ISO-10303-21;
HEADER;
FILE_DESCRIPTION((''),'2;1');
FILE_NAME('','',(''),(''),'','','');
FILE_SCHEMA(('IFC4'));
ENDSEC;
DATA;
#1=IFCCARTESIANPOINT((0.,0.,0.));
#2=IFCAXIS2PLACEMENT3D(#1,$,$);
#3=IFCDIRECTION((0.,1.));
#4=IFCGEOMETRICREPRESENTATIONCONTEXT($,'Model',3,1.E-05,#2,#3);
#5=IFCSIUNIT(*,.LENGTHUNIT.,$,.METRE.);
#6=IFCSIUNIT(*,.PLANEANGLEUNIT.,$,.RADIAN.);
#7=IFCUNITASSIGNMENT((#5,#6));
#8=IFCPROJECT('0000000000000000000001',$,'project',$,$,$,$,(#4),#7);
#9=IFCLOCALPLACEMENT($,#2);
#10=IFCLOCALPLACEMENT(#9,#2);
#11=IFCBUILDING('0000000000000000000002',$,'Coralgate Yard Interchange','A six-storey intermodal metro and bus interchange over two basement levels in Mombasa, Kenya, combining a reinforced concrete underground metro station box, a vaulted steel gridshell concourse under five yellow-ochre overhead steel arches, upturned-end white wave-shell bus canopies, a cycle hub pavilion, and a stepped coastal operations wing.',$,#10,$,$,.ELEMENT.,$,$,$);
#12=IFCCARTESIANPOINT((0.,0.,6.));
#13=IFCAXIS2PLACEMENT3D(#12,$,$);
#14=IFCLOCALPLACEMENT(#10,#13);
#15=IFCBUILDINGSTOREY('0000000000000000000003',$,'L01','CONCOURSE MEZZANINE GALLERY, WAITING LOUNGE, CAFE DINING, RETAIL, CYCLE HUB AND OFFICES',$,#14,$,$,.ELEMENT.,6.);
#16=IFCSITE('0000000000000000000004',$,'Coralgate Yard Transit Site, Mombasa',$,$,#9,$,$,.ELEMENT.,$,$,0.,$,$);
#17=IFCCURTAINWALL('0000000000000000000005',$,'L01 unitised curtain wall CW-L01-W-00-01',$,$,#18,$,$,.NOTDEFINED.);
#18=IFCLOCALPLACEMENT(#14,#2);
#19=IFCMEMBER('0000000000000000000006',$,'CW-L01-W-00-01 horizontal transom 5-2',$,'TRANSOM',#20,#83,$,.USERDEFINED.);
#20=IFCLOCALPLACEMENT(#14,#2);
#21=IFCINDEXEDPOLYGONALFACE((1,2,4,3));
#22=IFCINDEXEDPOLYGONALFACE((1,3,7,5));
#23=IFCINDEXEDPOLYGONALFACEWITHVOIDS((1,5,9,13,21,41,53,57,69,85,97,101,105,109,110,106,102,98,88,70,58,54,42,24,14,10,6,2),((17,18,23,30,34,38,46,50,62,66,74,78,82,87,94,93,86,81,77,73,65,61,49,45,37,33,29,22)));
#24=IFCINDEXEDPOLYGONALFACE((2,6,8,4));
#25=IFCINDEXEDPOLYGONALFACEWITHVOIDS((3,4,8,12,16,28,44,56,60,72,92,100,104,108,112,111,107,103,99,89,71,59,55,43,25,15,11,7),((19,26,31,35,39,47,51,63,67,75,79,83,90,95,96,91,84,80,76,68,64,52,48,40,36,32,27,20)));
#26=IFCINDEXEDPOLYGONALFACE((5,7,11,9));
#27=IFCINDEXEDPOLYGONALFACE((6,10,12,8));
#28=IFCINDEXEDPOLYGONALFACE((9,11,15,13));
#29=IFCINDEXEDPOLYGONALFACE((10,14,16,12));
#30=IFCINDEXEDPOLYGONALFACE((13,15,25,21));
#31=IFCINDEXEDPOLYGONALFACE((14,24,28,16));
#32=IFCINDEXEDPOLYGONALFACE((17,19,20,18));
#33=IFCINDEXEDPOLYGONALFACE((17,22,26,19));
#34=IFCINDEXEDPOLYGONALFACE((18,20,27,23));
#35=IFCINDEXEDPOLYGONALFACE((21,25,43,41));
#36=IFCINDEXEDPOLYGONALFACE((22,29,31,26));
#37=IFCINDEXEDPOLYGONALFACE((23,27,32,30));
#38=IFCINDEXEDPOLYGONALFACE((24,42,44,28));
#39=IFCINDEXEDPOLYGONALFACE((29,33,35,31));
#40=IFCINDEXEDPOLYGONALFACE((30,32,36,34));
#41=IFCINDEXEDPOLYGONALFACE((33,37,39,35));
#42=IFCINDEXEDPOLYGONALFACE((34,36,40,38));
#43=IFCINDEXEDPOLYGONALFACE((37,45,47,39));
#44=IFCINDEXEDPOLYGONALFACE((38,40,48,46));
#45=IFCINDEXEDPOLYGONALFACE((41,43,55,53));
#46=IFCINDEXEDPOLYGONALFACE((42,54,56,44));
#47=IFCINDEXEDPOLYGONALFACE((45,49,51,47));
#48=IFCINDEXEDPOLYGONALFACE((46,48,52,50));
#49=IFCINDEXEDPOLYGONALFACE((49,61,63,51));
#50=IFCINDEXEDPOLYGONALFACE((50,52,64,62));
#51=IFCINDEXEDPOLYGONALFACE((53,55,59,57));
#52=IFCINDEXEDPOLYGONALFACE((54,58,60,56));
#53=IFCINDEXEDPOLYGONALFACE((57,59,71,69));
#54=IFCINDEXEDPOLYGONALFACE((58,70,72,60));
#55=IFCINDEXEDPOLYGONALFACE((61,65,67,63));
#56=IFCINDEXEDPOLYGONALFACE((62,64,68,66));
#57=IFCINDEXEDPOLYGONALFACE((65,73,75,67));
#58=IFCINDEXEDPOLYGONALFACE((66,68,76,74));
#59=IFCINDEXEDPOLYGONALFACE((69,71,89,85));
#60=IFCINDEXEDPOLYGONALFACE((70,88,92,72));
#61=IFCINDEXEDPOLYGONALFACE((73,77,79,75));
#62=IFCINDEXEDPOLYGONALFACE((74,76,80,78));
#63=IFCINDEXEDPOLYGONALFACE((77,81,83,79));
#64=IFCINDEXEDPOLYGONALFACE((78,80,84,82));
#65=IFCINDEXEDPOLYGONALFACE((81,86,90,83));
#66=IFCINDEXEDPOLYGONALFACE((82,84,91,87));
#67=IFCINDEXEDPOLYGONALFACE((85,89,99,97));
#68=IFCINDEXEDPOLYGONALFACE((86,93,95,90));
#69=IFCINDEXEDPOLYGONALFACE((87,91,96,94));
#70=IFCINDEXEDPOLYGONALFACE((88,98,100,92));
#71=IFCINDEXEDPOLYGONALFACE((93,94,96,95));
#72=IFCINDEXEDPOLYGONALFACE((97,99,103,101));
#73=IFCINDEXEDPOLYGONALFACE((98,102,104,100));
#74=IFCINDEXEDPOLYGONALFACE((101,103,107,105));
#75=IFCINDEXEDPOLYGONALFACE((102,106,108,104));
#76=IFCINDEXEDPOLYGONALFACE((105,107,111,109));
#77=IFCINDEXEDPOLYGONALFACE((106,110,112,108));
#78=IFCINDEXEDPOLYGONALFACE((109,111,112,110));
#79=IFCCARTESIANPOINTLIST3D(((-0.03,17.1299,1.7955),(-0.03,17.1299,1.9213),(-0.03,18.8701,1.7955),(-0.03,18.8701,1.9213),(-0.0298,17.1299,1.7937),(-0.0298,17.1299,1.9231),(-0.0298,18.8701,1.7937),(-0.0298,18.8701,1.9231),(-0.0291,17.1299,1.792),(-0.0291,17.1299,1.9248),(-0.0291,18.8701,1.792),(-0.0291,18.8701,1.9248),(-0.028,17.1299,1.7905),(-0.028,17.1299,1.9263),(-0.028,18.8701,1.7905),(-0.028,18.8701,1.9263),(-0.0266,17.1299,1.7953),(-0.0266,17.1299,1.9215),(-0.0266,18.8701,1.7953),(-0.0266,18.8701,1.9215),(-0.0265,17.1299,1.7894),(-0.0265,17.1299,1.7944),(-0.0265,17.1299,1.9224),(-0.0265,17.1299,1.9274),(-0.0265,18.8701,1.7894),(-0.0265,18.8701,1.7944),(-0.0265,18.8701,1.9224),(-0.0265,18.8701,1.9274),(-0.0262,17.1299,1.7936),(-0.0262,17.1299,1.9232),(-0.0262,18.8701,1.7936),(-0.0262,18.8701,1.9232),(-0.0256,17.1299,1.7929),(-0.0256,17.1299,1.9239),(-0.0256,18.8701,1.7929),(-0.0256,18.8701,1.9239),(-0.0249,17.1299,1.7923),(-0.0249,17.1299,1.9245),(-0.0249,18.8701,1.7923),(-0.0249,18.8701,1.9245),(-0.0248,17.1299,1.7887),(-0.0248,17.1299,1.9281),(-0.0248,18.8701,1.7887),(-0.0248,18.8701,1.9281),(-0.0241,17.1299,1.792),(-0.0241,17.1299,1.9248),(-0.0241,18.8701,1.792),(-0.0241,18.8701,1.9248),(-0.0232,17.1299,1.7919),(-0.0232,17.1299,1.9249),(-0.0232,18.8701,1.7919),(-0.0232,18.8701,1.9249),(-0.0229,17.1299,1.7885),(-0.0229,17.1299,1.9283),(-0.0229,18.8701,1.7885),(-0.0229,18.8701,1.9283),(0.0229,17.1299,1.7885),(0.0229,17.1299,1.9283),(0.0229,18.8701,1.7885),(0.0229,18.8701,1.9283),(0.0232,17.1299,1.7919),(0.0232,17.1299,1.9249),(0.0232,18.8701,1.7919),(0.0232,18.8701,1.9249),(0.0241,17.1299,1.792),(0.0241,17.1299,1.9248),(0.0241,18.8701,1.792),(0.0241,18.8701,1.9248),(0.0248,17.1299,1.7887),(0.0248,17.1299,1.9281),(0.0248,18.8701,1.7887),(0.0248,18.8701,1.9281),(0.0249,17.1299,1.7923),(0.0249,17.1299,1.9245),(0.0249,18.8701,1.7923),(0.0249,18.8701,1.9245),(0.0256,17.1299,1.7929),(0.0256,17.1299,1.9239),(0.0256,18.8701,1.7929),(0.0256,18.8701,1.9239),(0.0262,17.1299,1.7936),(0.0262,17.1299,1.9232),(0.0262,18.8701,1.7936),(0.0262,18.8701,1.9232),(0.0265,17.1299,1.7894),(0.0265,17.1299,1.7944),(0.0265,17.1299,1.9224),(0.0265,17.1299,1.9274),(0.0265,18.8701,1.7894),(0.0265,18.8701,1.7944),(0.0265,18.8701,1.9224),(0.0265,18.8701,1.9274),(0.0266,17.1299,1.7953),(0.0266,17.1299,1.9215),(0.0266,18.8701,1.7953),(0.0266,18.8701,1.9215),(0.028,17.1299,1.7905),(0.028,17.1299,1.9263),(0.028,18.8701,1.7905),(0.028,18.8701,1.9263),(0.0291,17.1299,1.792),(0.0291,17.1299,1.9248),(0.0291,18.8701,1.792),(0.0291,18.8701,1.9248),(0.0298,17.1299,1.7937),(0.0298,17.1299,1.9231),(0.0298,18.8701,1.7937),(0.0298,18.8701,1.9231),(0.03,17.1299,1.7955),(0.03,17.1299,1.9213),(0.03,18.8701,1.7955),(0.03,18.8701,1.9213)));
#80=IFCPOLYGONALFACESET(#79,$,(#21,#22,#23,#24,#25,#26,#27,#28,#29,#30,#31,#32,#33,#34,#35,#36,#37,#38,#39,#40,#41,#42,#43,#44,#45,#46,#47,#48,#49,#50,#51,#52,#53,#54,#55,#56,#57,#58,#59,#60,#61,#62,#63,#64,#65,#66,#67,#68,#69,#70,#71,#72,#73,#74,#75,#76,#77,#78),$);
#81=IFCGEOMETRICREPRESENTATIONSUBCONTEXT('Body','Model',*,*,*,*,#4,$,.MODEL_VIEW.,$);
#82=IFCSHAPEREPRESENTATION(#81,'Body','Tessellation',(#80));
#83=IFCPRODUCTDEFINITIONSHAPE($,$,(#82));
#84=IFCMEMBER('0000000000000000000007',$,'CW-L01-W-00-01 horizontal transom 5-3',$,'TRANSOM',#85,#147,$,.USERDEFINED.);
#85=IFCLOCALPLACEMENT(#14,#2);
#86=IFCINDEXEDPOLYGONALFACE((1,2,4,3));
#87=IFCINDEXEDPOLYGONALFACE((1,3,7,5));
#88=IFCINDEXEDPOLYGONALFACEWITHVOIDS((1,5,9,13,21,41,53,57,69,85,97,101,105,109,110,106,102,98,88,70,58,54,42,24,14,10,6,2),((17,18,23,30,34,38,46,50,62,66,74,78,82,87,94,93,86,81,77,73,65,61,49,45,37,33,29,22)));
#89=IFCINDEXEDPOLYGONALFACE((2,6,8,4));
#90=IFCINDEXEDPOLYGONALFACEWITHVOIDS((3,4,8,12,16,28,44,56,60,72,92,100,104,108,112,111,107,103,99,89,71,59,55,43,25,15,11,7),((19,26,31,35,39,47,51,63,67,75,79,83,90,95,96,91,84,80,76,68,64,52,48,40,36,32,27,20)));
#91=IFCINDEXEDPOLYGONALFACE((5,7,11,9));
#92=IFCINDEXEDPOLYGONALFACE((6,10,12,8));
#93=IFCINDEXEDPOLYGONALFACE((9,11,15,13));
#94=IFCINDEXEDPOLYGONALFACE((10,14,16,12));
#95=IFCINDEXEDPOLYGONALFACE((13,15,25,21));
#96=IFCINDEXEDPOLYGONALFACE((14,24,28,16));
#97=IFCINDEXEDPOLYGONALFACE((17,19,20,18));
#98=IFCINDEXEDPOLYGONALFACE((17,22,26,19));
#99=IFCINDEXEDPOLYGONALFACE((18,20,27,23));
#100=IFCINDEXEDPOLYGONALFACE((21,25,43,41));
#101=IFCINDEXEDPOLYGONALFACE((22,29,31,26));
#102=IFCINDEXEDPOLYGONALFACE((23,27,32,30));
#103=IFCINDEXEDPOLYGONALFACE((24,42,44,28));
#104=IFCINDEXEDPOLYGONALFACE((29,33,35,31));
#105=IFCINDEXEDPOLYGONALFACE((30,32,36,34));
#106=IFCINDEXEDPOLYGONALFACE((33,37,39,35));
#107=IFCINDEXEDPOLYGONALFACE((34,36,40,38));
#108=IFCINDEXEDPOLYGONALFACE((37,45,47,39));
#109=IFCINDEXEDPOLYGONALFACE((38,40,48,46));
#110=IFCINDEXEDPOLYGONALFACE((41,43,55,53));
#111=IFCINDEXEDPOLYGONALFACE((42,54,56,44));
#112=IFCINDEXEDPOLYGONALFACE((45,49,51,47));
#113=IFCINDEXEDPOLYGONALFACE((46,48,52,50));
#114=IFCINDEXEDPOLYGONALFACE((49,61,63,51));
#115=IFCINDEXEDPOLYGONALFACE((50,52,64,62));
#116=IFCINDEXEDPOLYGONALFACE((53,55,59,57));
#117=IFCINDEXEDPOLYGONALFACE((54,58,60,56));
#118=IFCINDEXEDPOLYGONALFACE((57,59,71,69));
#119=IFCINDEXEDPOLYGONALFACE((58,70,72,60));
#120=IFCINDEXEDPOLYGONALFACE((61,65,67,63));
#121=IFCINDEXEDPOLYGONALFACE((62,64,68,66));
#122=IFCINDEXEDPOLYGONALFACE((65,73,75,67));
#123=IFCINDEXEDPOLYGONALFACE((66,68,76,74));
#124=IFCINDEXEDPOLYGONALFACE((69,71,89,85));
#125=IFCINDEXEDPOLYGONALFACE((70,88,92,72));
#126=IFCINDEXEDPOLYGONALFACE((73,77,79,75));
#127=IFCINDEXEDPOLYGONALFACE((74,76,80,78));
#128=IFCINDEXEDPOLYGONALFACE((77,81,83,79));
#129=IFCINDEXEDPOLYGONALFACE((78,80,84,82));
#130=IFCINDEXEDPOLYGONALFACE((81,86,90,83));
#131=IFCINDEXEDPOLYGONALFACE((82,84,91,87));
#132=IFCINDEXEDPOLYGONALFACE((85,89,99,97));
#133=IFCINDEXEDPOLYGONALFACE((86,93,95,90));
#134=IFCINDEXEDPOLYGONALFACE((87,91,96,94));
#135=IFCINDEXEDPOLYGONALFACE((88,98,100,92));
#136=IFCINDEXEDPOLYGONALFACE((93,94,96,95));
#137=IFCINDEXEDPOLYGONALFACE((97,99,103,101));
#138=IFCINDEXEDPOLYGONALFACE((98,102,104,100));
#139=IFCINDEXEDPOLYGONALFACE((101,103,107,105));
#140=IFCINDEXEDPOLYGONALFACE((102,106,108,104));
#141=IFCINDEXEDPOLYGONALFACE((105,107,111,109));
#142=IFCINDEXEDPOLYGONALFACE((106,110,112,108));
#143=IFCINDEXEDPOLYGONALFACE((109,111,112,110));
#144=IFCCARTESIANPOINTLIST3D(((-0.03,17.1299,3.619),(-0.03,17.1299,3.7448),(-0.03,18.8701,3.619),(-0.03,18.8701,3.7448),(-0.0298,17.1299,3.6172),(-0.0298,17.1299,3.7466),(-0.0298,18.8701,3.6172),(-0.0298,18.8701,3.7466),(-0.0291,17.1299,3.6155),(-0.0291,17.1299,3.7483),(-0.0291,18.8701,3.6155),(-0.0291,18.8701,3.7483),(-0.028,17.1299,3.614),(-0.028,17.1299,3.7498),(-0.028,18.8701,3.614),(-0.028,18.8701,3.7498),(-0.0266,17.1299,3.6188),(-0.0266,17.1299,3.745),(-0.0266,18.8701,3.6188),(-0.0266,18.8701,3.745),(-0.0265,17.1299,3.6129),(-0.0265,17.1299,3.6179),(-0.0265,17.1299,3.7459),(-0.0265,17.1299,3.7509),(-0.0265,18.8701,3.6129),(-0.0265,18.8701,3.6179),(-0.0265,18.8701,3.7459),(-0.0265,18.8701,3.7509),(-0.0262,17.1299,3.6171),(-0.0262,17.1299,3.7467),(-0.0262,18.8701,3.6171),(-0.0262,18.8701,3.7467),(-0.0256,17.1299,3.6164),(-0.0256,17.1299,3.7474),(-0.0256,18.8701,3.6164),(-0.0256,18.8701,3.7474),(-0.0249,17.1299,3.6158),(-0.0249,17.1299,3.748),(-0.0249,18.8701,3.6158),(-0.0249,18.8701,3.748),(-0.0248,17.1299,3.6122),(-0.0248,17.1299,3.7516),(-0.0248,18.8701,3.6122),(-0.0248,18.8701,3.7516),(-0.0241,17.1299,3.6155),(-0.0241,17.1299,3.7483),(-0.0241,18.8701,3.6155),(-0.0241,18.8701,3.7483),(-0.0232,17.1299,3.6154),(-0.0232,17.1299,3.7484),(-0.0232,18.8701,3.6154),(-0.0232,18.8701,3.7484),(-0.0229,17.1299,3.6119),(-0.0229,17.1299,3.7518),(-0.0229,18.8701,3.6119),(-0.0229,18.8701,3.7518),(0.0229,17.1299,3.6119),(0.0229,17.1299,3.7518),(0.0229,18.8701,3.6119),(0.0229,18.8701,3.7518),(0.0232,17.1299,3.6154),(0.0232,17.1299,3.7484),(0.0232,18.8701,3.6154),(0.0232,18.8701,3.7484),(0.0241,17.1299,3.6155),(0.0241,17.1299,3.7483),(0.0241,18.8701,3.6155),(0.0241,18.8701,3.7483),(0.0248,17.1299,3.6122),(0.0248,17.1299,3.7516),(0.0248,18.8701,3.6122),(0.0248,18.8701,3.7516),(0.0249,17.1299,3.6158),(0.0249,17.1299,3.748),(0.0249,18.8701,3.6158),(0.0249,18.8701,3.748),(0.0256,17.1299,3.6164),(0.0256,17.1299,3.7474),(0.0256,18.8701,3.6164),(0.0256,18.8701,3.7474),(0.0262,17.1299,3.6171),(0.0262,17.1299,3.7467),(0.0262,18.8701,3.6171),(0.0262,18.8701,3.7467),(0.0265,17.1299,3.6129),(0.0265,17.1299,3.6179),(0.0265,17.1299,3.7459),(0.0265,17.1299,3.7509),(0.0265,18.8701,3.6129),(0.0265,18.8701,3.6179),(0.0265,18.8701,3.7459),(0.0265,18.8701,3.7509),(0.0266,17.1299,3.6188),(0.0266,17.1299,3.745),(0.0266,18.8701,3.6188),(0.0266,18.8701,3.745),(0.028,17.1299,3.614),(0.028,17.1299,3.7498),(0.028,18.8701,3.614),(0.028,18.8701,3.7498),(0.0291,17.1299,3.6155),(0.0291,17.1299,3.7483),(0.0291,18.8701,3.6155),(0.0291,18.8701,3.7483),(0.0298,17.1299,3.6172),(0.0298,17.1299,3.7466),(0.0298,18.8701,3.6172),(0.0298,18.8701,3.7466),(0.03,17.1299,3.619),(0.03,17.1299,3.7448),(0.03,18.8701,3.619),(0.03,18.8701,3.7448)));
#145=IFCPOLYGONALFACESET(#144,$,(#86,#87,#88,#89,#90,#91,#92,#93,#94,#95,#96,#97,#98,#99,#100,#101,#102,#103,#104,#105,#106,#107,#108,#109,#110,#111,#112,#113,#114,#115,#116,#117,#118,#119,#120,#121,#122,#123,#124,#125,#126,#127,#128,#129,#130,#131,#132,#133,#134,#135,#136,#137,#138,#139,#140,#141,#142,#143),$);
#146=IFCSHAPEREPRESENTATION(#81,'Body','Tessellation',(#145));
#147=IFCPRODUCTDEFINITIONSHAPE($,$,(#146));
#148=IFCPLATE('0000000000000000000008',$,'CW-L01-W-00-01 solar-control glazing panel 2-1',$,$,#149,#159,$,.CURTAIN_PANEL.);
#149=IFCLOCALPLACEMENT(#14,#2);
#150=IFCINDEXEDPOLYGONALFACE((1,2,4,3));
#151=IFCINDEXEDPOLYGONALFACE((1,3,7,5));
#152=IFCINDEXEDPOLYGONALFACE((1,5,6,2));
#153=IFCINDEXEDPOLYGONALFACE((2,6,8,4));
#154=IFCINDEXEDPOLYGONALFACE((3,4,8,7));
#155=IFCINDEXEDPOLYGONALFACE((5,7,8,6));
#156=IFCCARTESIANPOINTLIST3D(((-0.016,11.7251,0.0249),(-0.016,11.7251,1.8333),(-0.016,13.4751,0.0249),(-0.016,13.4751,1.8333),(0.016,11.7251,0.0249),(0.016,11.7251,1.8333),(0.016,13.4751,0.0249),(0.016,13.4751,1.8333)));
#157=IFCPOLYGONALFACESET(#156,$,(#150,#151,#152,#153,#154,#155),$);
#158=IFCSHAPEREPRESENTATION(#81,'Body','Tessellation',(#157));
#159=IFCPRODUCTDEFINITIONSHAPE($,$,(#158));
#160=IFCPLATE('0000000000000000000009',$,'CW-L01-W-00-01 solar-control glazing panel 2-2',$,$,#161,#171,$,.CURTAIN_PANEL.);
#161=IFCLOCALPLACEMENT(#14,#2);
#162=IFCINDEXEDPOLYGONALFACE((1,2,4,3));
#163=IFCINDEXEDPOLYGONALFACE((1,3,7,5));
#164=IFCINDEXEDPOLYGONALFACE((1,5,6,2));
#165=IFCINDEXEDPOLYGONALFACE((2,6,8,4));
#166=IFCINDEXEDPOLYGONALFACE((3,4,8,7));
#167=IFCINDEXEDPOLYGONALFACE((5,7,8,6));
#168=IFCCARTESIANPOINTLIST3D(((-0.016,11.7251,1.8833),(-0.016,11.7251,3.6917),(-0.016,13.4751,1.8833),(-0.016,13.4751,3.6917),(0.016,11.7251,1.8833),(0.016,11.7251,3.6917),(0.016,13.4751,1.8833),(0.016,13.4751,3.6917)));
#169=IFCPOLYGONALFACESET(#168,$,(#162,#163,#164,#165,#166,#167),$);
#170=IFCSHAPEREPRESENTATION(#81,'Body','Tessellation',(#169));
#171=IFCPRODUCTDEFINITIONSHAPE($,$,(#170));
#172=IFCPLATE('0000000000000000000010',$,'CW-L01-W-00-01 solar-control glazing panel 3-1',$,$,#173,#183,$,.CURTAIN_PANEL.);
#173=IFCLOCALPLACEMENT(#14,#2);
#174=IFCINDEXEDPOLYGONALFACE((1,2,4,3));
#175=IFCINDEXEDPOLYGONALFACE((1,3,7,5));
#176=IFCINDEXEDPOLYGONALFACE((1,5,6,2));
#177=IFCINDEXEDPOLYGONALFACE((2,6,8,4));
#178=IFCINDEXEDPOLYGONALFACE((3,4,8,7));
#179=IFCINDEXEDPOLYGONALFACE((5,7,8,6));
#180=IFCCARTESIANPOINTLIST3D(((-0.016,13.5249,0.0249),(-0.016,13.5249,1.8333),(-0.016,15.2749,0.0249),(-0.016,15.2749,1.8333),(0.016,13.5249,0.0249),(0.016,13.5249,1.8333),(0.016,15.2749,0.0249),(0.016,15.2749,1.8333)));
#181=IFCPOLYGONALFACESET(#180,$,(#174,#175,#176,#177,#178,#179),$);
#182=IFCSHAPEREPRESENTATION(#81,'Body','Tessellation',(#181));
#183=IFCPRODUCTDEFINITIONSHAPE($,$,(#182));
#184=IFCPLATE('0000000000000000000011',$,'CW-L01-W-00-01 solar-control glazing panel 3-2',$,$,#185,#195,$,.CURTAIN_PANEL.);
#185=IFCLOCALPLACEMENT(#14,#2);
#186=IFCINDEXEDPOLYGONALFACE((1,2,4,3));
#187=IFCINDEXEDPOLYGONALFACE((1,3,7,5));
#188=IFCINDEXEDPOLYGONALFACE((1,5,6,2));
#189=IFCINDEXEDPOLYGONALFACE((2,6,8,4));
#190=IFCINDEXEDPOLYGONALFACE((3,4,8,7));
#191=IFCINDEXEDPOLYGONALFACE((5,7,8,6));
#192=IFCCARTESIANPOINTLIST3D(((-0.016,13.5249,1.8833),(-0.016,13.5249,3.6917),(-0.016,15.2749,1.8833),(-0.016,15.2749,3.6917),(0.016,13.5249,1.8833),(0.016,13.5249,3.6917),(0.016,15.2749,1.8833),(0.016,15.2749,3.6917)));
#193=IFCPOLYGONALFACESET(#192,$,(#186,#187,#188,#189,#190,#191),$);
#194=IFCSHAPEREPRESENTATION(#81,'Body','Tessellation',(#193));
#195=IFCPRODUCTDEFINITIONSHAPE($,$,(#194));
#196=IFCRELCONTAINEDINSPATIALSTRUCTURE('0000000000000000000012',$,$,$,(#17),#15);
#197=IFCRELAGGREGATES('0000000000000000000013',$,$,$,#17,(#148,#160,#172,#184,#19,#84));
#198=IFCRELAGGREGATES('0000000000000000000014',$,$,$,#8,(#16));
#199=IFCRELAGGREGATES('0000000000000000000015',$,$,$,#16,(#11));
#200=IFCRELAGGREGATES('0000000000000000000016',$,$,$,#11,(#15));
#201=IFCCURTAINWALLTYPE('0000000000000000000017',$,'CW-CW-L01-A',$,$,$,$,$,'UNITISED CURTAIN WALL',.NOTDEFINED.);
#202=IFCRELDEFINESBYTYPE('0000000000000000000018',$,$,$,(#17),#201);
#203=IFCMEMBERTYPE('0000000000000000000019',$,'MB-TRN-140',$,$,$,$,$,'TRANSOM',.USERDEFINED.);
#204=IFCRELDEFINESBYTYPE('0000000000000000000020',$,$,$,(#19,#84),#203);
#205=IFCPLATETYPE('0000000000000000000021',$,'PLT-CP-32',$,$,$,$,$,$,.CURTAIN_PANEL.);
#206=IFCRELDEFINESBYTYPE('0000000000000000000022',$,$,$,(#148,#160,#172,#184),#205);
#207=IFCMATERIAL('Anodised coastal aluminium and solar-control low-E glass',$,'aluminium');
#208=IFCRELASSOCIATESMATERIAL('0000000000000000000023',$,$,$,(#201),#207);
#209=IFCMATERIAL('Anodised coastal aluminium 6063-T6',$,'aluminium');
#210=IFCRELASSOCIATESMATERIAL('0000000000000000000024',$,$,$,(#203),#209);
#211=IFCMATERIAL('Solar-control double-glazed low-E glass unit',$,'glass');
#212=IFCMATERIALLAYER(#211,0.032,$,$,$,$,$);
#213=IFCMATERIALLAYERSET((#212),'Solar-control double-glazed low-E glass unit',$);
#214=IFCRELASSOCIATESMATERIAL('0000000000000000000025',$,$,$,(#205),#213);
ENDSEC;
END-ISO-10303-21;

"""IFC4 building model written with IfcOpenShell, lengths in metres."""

from ifc_helpers import new_model, si_unit, direction, frame, origin, origin_2d, place, context, subcontext, project, spatial, rectangle, hollow_rectangle, extrude, material, layer, layer_set, material_profile, profile_set, type_object, element, aggregate, save


model = new_model("IFC4")

# Units and contexts
model_context = context("Model", 3, precision=1e-05, world=origin(), true_north=direction((0.0, 1.0)))
body_context = subcontext(model_context, "Body", "Model", "MODEL_VIEW")
ifc_project = project(units=[si_unit("LENGTHUNIT", "METRE"), si_unit("PLANEANGLEUNIT", "RADIAN")], contexts=[model_context])

# Site, building, storey
site_placement = place(None, origin())
site = spatial("IfcSite", under=ifc_project, at=site_placement, Name="Coralgate Yard Transit Site, Mombasa", CompositionType="ELEMENT", RefElevation=0.0)
building_placement = place(site_placement, origin())
building = spatial("IfcBuilding", under=site, at=building_placement, Name="Coralgate Yard Interchange", Description="A six-storey intermodal metro and bus interchange over two basement levels in Mombasa, Kenya, combining a reinforced concrete underground metro station box, a vaulted steel gridshell concourse under five yellow-ochre overhead steel arches, upturned-end white wave-shell bus canopies, a cycle hub pavilion, and a stepped coastal operations wing.", CompositionType="ELEMENT")
storey_placement = place(building_placement, frame((0.0, 0.0, 6.0)))
storey = spatial("IfcBuildingStorey", under=building, at=storey_placement, Name="L01", Description="CONCOURSE MEZZANINE GALLERY, WAITING LOUNGE, CAFE DINING, RETAIL, CYCLE HUB AND OFFICES", CompositionType="ELEMENT", Elevation=6.0)

# Curtain wall, members, plates
ifc_material_1 = material(Name="Anodised coastal aluminium and solar-control low-E glass", Category="aluminium")
curtain_wall_type = type_object("IfcCurtainWallType", Name="CW-CW-L01-A", ElementType="UNITISED CURTAIN WALL", PredefinedType="NOTDEFINED", material=ifc_material_1)
curtain_wall_placement = place(storey_placement, origin())
curtain_wall = element("IfcCurtainWall", 1, at=curtain_wall_placement, inside=storey, type_object=curtain_wall_type, Name="L01 unitised curtain wall CW-L01-W-00-01", PredefinedType="NOTDEFINED")
ifc_material_2 = material(Name="Anodised coastal aluminium 6063-T6", Category="aluminium")
ifc_material_profile_1 = material_profile(ifc_material_2, hollow_rectangle(XDim=0.0601, YDim=0.1399, WallThickness=0.0034, InnerFilletRadius=0.0034, OuterFilletRadius=0.0071, at=origin_2d()), Name="ALU 60x140x3.5")
ifc_profile_set_1 = profile_set([ifc_material_profile_1], Name="Anodised coastal aluminium 6063-T6")
member_type_1 = type_object("IfcMemberType", Name="MB-TRN-140", ElementType="TRANSOM", PredefinedType="USERDEFINED", material=ifc_profile_set_1)
member_1_placement = place(storey_placement, frame((0.0, 17.1299, 1.8584), z_axis=(0.0, 1.0, 0.0), x_axis=(-1.0, 0.0, 0.0)))
member_1 = element("IfcMember", 2, at=member_1_placement, type_object=member_type_1, Name="CW-L01-W-00-01 horizontal transom 5-2", ObjectType="TRANSOM", PredefinedType="USERDEFINED", context=body_context, shape_type="SweptSolid", body=[
    extrude(hollow_rectangle(XDim=0.0601, YDim=0.1399, WallThickness=0.0034, InnerFilletRadius=0.0034, OuterFilletRadius=0.0071, at=origin_2d()), origin(), (0.0, 0.0, 1.0), 1.7402),
])
member_2_placement = place(storey_placement, frame((0.0, 17.1299, 3.6819), z_axis=(0.0, 1.0, 0.0), x_axis=(-1.0, 0.0, 0.0)))
member_2 = element("IfcMember", 3, at=member_2_placement, type_object=member_type_1, Name="CW-L01-W-00-01 horizontal transom 5-3", ObjectType="TRANSOM", PredefinedType="USERDEFINED", context=body_context, shape_type="SweptSolid", body=[
    extrude(hollow_rectangle(XDim=0.0601, YDim=0.1399, WallThickness=0.0034, InnerFilletRadius=0.0034, OuterFilletRadius=0.0071, at=origin_2d()), origin(), (0.0, 0.0, 1.0), 1.7402),
])
ifc_material_3 = material(Name="Solar-control double-glazed low-E glass unit", Category="glass")
ifc_layer_1 = layer(ifc_material_3, 0.032)
ifc_layer_set_1 = layer_set([ifc_layer_1], Name="Solar-control double-glazed low-E glass unit")
plate_type = type_object("IfcPlateType", Name="PLT-CP-32", PredefinedType="CURTAIN_PANEL", material=ifc_layer_set_1)
plate_1_placement = place(storey_placement, frame((0.0, 12.6001, 0.0249), z_axis=(0.0, 0.0, 1.0), x_axis=(0.0, 1.0, 0.0)))
plate_1 = element("IfcPlate", 4, at=plate_1_placement, type_object=plate_type, Name="CW-L01-W-00-01 solar-control glazing panel 2-1", PredefinedType="CURTAIN_PANEL", context=body_context, shape_type="SweptSolid", body=[
    extrude(rectangle(XDim=1.75, YDim=0.032, at=origin_2d()), origin(), (0.0, 0.0, 1.0), 1.8083),
])
plate_2_placement = place(storey_placement, frame((0.0, 12.6001, 1.8833), z_axis=(0.0, 0.0, 1.0), x_axis=(0.0, 1.0, 0.0)))
plate_2 = element("IfcPlate", 5, at=plate_2_placement, type_object=plate_type, Name="CW-L01-W-00-01 solar-control glazing panel 2-2", PredefinedType="CURTAIN_PANEL", context=body_context, shape_type="SweptSolid", body=[
    extrude(rectangle(XDim=1.75, YDim=0.032, at=origin_2d()), origin(), (0.0, 0.0, 1.0), 1.8083),
])
plate_3_placement = place(storey_placement, frame((0.0, 14.3999, 0.0249), z_axis=(0.0, 0.0, 1.0), x_axis=(0.0, 1.0, 0.0)))
plate_3 = element("IfcPlate", 6, at=plate_3_placement, type_object=plate_type, Name="CW-L01-W-00-01 solar-control glazing panel 3-1", PredefinedType="CURTAIN_PANEL", context=body_context, shape_type="SweptSolid", body=[
    extrude(rectangle(XDim=1.75, YDim=0.032, at=origin_2d()), origin(), (0.0, 0.0, 1.0), 1.8083),
])
plate_4_placement = place(storey_placement, frame((0.0, 14.3999, 1.8833), z_axis=(0.0, 0.0, 1.0), x_axis=(0.0, 1.0, 0.0)))
plate_4 = element("IfcPlate", 7, at=plate_4_placement, type_object=plate_type, Name="CW-L01-W-00-01 solar-control glazing panel 3-2", PredefinedType="CURTAIN_PANEL", context=body_context, shape_type="SweptSolid", body=[
    extrude(rectangle(XDim=1.75, YDim=0.032, at=origin_2d()), origin(), (0.0, 0.0, 1.0), 1.8083),
])
aggregate(curtain_wall, [plate_1, plate_2, plate_3, plate_4, member_1, member_2])

save(model, "model.ifc")
